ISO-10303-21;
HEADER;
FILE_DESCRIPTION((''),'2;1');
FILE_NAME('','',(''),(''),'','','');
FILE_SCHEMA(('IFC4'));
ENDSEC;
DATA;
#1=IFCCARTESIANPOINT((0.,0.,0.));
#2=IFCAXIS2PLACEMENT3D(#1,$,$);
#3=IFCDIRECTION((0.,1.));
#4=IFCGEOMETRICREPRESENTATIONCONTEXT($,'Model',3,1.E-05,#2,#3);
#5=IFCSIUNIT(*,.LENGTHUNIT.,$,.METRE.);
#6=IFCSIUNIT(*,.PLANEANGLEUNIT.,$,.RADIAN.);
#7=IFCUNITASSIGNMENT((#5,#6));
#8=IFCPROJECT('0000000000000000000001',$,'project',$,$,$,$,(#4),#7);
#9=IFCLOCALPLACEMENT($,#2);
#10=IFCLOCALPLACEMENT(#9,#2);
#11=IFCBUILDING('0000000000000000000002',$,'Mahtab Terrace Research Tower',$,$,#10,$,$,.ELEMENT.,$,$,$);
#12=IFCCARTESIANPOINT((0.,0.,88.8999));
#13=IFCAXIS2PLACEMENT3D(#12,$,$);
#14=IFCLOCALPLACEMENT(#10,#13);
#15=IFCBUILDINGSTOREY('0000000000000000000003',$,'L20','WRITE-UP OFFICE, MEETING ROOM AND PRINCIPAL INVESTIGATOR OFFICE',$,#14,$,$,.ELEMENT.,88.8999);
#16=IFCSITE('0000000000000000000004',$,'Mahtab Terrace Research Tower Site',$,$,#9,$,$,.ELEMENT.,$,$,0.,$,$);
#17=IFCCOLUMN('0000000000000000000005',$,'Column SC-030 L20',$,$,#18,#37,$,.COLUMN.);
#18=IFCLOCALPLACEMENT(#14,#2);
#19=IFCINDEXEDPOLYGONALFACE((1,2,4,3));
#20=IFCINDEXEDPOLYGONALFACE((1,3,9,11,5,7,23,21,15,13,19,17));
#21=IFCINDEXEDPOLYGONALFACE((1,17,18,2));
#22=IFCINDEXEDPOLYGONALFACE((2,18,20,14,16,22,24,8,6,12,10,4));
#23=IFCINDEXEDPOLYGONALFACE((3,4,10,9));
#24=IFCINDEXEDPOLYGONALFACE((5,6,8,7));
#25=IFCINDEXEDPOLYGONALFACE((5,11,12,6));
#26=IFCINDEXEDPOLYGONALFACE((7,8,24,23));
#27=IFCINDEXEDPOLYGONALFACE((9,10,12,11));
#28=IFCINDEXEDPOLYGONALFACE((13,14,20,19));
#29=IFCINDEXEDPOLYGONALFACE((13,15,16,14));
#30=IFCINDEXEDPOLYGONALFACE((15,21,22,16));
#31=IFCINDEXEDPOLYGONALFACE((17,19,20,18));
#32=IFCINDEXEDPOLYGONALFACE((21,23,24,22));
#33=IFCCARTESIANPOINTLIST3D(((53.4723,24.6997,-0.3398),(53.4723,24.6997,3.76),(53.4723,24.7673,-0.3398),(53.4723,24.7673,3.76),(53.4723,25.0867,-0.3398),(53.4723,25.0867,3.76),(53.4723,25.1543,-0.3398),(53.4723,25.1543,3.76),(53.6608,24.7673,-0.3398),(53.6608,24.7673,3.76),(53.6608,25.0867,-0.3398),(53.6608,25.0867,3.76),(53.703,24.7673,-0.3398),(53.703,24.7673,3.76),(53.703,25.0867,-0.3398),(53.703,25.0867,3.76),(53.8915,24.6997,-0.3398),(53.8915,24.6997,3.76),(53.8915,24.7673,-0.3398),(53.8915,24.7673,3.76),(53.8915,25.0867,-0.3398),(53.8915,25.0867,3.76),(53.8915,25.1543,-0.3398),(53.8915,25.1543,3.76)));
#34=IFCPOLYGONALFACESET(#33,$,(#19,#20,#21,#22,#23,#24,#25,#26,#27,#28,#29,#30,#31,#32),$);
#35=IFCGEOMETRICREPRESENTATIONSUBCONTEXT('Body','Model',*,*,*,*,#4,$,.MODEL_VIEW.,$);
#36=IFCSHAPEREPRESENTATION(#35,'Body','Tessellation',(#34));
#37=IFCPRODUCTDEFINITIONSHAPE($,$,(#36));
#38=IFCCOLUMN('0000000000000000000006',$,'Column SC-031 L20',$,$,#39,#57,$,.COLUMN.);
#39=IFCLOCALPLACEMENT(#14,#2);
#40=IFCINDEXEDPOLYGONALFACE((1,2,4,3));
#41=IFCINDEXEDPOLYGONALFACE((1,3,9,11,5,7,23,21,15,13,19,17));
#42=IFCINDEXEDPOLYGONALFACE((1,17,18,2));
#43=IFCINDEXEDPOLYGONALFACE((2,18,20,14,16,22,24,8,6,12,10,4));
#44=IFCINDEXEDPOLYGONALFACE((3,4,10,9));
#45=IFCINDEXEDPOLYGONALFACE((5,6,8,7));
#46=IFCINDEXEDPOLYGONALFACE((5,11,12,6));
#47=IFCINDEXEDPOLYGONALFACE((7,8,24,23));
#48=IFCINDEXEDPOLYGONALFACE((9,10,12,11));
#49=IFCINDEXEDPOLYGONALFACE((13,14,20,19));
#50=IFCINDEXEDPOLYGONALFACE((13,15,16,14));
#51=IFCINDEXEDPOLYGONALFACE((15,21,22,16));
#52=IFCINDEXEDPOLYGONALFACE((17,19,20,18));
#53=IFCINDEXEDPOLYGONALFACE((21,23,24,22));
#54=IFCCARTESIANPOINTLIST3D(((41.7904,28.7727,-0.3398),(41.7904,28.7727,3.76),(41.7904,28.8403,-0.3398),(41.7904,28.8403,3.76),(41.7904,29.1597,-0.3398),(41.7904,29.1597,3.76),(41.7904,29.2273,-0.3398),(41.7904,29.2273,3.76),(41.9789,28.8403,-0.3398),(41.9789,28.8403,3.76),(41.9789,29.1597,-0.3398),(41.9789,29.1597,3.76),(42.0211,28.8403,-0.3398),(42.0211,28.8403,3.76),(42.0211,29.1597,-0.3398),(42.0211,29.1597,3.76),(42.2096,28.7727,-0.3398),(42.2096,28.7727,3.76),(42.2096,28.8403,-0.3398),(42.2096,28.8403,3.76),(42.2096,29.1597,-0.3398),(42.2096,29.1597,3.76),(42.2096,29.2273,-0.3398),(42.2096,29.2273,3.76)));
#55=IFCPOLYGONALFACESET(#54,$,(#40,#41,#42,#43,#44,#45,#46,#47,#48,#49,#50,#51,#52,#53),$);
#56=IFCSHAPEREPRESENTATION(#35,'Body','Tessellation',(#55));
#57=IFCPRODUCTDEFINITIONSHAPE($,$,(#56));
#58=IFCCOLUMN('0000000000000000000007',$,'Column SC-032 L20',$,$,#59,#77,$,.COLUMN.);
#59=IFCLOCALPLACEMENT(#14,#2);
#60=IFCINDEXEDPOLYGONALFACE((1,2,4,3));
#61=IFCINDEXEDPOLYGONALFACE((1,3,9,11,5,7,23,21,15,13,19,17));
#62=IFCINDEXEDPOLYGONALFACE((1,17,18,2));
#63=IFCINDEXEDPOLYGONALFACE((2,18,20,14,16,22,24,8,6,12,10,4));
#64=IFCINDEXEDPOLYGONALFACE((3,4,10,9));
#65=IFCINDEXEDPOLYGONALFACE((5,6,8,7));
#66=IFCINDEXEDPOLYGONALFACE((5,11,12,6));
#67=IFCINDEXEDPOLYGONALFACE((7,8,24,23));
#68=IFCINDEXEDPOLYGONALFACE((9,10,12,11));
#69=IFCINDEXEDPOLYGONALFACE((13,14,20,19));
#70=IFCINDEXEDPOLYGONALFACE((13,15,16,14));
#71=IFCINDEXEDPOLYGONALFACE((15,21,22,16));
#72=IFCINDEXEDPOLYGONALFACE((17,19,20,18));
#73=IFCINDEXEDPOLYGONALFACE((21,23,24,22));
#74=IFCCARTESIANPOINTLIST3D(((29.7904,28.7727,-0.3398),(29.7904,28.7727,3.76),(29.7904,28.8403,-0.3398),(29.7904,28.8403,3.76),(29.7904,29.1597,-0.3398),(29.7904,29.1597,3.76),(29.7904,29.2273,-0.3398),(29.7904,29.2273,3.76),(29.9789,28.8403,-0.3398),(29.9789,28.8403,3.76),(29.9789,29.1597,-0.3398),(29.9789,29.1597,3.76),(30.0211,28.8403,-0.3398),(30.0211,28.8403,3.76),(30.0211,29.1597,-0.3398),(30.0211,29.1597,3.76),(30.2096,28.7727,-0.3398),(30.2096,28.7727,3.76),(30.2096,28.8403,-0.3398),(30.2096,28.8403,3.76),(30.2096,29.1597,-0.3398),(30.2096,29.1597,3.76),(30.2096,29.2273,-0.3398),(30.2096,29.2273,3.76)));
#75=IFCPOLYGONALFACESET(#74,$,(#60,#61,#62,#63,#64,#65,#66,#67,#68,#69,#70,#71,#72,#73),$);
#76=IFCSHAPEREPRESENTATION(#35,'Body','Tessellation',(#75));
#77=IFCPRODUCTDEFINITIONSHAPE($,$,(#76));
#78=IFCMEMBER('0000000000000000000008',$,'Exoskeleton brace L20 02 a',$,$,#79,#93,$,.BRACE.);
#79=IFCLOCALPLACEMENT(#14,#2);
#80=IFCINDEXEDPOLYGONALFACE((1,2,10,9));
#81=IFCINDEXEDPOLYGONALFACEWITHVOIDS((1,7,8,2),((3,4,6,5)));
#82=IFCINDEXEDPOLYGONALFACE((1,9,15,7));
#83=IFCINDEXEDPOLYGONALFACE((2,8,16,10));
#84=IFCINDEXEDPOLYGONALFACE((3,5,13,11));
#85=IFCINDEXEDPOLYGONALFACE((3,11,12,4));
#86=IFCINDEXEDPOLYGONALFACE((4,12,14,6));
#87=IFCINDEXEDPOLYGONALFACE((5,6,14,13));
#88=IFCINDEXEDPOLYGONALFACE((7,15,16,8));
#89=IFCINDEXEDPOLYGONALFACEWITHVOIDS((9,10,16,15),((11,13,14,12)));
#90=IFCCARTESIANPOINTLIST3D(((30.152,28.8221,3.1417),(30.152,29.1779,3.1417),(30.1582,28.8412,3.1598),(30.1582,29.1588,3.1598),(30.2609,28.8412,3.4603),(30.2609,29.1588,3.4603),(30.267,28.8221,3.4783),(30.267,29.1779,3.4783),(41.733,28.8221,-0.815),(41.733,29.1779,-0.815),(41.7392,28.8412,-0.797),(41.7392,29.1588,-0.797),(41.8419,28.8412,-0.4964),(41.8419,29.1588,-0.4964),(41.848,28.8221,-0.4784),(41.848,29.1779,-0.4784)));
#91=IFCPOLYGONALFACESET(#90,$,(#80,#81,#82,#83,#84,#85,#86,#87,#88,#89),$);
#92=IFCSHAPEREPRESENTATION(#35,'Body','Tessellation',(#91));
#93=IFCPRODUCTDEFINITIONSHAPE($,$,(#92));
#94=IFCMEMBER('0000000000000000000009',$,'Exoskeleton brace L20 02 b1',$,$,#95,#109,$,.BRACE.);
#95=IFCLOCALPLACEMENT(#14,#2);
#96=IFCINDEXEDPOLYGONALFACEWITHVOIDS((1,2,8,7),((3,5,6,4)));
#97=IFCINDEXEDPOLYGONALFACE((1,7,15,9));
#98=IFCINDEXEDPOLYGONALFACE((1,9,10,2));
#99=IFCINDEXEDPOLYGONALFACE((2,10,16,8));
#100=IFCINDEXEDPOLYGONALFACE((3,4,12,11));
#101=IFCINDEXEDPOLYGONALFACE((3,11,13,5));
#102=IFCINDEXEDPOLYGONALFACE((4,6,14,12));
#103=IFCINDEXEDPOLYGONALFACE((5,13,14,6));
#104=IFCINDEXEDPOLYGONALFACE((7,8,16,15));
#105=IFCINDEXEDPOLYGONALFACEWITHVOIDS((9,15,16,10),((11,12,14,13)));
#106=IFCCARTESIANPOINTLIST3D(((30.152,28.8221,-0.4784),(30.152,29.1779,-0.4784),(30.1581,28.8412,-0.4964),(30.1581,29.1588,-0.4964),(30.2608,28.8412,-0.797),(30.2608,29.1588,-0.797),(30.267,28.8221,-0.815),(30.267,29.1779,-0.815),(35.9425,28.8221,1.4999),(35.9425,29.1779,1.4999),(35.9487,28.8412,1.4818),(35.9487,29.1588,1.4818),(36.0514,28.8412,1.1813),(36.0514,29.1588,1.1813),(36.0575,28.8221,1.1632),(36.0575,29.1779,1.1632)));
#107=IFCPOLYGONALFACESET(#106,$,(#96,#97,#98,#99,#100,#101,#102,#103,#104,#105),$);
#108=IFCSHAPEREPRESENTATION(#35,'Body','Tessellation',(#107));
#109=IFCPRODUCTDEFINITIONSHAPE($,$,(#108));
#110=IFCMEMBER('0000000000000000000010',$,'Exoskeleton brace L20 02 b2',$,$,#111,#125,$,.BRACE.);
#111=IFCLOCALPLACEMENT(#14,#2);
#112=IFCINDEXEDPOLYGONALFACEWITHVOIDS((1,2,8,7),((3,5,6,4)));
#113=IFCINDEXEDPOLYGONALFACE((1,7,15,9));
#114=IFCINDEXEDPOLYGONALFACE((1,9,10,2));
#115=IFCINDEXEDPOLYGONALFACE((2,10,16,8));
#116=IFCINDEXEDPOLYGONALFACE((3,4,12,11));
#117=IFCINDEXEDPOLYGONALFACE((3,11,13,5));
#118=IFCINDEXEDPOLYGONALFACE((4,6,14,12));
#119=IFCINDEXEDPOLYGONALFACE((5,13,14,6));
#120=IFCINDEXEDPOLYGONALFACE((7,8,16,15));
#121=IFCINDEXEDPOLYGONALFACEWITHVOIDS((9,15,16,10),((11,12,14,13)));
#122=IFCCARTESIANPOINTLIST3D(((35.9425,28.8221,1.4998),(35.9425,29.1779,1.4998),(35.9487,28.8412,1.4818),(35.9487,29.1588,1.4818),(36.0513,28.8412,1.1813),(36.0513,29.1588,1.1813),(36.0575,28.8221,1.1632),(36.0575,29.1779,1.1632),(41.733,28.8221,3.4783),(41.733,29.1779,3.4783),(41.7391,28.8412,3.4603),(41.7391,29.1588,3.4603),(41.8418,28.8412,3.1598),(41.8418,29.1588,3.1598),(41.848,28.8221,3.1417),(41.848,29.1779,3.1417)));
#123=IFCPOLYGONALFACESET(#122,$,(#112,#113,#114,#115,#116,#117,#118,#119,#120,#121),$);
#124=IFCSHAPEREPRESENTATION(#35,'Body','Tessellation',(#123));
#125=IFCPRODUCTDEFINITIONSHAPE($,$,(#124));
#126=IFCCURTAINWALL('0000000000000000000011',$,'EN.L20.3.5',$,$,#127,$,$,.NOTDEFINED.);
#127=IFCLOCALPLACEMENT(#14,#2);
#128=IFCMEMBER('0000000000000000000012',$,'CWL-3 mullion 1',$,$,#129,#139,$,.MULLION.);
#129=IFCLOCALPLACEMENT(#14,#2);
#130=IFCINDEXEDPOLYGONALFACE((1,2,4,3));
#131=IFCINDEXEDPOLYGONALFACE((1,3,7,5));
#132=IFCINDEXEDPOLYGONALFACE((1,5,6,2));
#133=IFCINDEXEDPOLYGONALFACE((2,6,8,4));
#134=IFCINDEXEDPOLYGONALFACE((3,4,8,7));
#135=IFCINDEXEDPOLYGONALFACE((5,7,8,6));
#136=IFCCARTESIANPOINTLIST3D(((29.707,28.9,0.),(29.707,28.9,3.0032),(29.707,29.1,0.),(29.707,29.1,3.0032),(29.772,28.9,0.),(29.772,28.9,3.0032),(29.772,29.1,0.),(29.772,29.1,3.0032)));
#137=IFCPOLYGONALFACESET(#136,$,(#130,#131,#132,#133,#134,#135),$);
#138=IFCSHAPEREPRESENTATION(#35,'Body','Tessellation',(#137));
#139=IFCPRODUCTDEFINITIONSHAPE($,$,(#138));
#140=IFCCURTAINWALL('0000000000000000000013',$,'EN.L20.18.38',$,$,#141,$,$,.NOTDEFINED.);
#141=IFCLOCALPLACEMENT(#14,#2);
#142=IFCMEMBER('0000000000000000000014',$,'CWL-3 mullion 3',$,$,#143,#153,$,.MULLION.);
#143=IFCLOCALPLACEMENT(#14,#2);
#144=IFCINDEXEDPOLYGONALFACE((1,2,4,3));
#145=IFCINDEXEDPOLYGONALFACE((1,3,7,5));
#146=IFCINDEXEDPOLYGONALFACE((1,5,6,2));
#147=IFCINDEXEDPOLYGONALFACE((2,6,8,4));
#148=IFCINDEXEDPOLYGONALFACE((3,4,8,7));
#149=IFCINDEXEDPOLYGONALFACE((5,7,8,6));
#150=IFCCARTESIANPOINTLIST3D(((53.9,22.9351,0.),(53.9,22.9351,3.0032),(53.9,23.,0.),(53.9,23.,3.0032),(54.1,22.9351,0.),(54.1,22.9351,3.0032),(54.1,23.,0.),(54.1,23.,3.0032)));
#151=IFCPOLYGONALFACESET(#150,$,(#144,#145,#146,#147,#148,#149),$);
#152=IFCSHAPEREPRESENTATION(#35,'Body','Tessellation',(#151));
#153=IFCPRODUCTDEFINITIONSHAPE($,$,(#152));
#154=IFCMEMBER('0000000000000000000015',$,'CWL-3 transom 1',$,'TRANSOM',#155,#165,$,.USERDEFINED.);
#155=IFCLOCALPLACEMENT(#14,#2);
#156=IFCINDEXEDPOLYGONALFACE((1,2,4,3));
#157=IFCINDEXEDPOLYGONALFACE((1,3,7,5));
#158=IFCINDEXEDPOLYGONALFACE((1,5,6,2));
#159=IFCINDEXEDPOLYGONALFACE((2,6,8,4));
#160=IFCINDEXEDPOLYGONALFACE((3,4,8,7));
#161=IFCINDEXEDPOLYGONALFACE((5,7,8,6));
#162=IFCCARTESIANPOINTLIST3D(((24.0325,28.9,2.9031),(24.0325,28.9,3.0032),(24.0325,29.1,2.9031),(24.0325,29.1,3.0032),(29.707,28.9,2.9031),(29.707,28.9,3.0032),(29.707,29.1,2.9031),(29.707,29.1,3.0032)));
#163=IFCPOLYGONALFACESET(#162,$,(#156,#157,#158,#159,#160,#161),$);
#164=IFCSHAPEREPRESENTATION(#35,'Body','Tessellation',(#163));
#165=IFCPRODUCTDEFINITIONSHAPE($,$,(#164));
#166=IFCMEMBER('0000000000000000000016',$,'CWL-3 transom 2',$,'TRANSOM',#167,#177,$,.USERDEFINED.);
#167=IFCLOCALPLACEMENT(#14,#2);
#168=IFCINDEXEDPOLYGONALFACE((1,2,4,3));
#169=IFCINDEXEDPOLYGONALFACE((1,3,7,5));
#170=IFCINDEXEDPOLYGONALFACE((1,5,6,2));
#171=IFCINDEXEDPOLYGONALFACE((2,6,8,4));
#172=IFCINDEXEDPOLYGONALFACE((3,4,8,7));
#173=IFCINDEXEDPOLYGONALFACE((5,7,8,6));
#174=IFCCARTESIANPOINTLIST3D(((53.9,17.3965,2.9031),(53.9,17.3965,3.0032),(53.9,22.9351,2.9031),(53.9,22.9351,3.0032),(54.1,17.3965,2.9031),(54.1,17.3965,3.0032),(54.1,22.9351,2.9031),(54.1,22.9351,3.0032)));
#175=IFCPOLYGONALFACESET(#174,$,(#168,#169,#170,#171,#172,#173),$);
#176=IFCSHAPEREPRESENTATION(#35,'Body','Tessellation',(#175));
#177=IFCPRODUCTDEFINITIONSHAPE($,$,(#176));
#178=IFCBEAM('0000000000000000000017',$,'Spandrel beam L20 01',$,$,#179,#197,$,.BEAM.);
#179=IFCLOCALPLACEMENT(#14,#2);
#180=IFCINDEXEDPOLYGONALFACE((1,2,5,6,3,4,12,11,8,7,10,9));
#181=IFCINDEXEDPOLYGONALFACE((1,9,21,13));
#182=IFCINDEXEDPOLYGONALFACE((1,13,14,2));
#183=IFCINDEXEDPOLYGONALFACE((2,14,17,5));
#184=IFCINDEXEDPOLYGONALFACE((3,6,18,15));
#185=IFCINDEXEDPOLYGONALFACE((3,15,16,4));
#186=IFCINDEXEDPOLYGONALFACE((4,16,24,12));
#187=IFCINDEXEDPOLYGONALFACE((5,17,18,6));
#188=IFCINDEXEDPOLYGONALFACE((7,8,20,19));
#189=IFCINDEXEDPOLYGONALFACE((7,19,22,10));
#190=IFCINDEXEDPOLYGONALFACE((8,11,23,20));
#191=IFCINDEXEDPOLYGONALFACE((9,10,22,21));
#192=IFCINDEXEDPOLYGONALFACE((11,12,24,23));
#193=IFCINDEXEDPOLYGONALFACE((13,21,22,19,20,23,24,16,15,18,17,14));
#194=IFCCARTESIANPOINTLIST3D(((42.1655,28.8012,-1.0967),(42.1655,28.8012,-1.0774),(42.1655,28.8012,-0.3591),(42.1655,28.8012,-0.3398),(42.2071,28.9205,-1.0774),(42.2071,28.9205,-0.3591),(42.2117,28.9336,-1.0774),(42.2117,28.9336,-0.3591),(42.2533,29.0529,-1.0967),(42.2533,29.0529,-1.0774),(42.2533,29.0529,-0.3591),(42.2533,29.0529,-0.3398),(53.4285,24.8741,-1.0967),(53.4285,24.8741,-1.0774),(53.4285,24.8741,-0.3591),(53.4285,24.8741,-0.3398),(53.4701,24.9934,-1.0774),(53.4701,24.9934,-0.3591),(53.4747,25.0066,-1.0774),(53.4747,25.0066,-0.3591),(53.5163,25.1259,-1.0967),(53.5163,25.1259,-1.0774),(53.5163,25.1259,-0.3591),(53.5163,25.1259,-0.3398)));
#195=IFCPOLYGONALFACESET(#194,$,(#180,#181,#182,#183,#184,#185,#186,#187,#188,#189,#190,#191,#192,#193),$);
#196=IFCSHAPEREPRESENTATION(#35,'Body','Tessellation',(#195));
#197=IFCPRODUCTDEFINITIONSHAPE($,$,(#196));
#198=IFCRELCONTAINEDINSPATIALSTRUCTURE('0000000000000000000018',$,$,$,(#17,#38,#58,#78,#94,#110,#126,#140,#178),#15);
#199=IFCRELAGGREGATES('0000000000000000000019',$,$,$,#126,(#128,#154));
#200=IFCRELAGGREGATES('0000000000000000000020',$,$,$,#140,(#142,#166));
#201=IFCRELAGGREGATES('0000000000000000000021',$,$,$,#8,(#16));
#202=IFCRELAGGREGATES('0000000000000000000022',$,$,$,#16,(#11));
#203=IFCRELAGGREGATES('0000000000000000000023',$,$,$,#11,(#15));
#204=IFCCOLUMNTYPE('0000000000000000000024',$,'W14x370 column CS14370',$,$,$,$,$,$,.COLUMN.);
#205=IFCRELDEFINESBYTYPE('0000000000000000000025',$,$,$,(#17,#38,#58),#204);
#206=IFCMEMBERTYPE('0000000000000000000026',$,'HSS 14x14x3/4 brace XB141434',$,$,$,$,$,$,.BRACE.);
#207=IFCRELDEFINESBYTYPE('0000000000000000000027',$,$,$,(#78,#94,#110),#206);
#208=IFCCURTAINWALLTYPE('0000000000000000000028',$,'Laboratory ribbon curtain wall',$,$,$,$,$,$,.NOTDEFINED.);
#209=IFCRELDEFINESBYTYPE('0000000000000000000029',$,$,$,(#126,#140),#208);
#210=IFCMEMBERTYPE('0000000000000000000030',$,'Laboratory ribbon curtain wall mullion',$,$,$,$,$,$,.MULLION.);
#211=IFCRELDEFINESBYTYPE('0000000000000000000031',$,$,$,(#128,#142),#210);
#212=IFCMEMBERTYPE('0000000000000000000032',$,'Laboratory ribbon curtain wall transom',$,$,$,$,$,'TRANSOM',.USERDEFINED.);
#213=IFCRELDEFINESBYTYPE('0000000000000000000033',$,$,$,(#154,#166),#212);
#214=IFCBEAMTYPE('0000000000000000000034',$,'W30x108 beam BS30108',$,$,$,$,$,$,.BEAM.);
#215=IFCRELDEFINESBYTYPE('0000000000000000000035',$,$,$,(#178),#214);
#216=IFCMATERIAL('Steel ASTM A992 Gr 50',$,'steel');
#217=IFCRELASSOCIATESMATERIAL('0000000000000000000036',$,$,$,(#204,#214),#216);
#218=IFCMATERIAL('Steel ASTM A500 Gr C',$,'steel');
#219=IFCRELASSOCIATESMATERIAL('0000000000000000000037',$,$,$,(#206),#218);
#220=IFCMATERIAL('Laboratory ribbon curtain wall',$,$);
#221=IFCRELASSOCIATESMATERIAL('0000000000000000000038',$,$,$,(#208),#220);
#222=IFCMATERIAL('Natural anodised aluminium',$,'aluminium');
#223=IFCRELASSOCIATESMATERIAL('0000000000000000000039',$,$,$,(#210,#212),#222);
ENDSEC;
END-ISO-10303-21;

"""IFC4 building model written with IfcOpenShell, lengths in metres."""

from ifc_helpers import new_model, si_unit, direction, frame, origin, origin_2d, place, context, subcontext, project, spatial, rectangle, hollow_rectangle, i_section, extrude, material, material_profile, profile_set, type_object, element, aggregate, save


model = new_model("IFC4")

# Units and contexts
model_context = context("Model", 3, precision=1e-05, world=origin(), true_north=direction((0.0, 1.0)))
body_context = subcontext(model_context, "Body", "Model", "MODEL_VIEW")
ifc_project = project(units=[si_unit("LENGTHUNIT", "METRE"), si_unit("PLANEANGLEUNIT", "RADIAN")], contexts=[model_context])

# Site, building, storey
site_placement = place(None, origin())
site = spatial("IfcSite", under=ifc_project, at=site_placement, Name="Mahtab Terrace Research Tower Site", CompositionType="ELEMENT", RefElevation=0.0)
building_placement = place(site_placement, origin())
building = spatial("IfcBuilding", under=site, at=building_placement, Name="Mahtab Terrace Research Tower", CompositionType="ELEMENT")
storey_placement = place(building_placement, frame((0.0, 0.0, 88.8999)))
storey = spatial("IfcBuildingStorey", under=building, at=storey_placement, Name="L20", Description="WRITE-UP OFFICE, MEETING ROOM AND PRINCIPAL INVESTIGATOR OFFICE", CompositionType="ELEMENT", Elevation=88.8999)

# Columns
ifc_material_1 = material(Name="Steel ASTM A992 Gr 50", Category="steel")
ifc_material_profile_1 = material_profile(ifc_material_1, i_section(OverallWidth=0.4192, OverallDepth=0.4546, WebThickness=0.0422, FlangeThickness=0.0676, at=origin_2d()), Name="W14X370")
ifc_profile_set_1 = profile_set([ifc_material_profile_1], Name="Steel ASTM A992 Gr 50")
column_type = type_object("IfcColumnType", Name="W14x370 column CS14370", PredefinedType="COLUMN", material=ifc_profile_set_1)
for number, where, z_axis, x_axis, name in (
    (1, (53.6819, 24.927, -0.3398), (0.0, 0.0, 1.0), (1.0, 0.0, 0.0), "Column SC-030 L20"),
    (2, (42.0, 29.0, -0.3398), (0.0, 0.0, 1.0), (1.0, 0.0, 0.0), "Column SC-031 L20"),
    (3, (30.0, 29.0, -0.3398), (0.0, 0.0, 1.0), (1.0, 0.0, 0.0), "Column SC-032 L20"),
):
    element("IfcColumn", number, at=place(storey_placement, frame(where, z_axis=z_axis, x_axis=x_axis)), inside=storey, type_object=column_type, Name=name, PredefinedType="COLUMN", context=body_context, shape_type="SweptSolid", body=[
        extrude(i_section(OverallWidth=0.4192, OverallDepth=0.4546, WebThickness=0.0422, FlangeThickness=0.0676, at=origin_2d()), origin(), (0.0, 0.0, 1.0), 4.0999),
    ])

# Members
ifc_material_2 = material(Name="Steel ASTM A500 Gr C", Category="steel")
ifc_material_profile_2 = material_profile(ifc_material_2, hollow_rectangle(XDim=0.3557, YDim=0.3557, WallThickness=0.019, at=origin_2d()), Name="HSS14X14X3/4")
ifc_profile_set_2 = profile_set([ifc_material_profile_2], Name="Steel ASTM A500 Gr C")
member_type_1 = type_object("IfcMemberType", Name="HSS 14x14x3/4 brace XB141434", PredefinedType="BRACE", material=ifc_profile_set_2)
member_1_placement = place(storey_placement, frame((41.7905, 29.0, -0.6467), z_axis=(-0.946293, 0.0, 0.323311), x_axis=(0.0, -1.0, 0.0)))
element("IfcMember", 4, at=member_1_placement, inside=storey, type_object=member_type_1, Name="Exoskeleton brace L20 02 a", PredefinedType="BRACE", context=body_context, shape_type="SweptSolid", body=[
    extrude(hollow_rectangle(XDim=0.3557, YDim=0.3557, WallThickness=0.019, at=origin_2d()), origin(), (0.0, 0.0, 1.0), 12.2383),
])
for number, where, z_axis, x_axis, name in (
    (5, (30.2095, 29.0, -0.6467), (0.946299, 0.0, 0.323293), (0.0, 1.0, 0.0), "Exoskeleton brace L20 02 b1"),
    (6, (36.0, 29.0, 1.3315), (0.946287, 0.0, 0.323329), (0.0, 1.0, 0.0), "Exoskeleton brace L20 02 b2"),
):
    element("IfcMember", number, at=place(storey_placement, frame(where, z_axis=z_axis, x_axis=x_axis)), inside=storey, type_object=member_type_1, Name=name, PredefinedType="BRACE", context=body_context, shape_type="SweptSolid", body=[
        extrude(hollow_rectangle(XDim=0.3557, YDim=0.3557, WallThickness=0.019, at=origin_2d()), origin(), (0.0, 0.0, 1.0), 6.1191),
    ])

# Curtain walls, members
ifc_material_3 = material(Name="Laboratory ribbon curtain wall")
curtain_wall_type = type_object("IfcCurtainWallType", Name="Laboratory ribbon curtain wall", PredefinedType="NOTDEFINED", material=ifc_material_3)
curtain_wall_1_placement = place(storey_placement, origin())
curtain_wall_1 = element("IfcCurtainWall", 7, at=curtain_wall_1_placement, inside=storey, type_object=curtain_wall_type, Name="EN.L20.3.5", PredefinedType="NOTDEFINED")
ifc_material_4 = material(Name="Natural anodised aluminium", Category="aluminium")
ifc_material_profile_3 = material_profile(ifc_material_4, rectangle(XDim=0.2, YDim=0.0649, at=origin_2d()), Name="MULLION 65x200")
ifc_profile_set_3 = profile_set([ifc_material_profile_3], Name="Natural anodised aluminium")
member_type_2 = type_object("IfcMemberType", Name="Laboratory ribbon curtain wall mullion", PredefinedType="MULLION", material=ifc_profile_set_3)
member_2_placement = place(storey_placement, frame((29.7395, 29.0, 0.0), z_axis=(0.0, 0.0, 1.0), x_axis=(0.0, -1.0, 0.0)))
member_2 = element("IfcMember", 8, at=member_2_placement, type_object=member_type_2, Name="CWL-3 mullion 1", PredefinedType="MULLION", context=body_context, shape_type="SweptSolid", body=[
    extrude(rectangle(XDim=0.2, YDim=0.0649, at=origin_2d()), origin(), (0.0, 0.0, 1.0), 3.0032),
])
curtain_wall_2_placement = place(storey_placement, origin())
curtain_wall_2 = element("IfcCurtainWall", 9, at=curtain_wall_2_placement, inside=storey, type_object=curtain_wall_type, Name="EN.L20.18.38", PredefinedType="NOTDEFINED")
member_3_placement = place(storey_placement, frame((54.0, 22.9675, 0.0), z_axis=(0.0, 0.0, 1.0), x_axis=(-1.0, 0.0, 0.0)))
member_3 = element("IfcMember", 10, at=member_3_placement, type_object=member_type_2, Name="CWL-3 mullion 3", PredefinedType="MULLION", context=body_context, shape_type="SweptSolid", body=[
    extrude(rectangle(XDim=0.2, YDim=0.0649, at=origin_2d()), origin(), (0.0, 0.0, 1.0), 3.0032),
])

# Members
ifc_material_profile_4 = material_profile(ifc_material_4, rectangle(XDim=0.2, YDim=0.1001, at=origin_2d()), Name="TRANSOM 100x200")
ifc_profile_set_4 = profile_set([ifc_material_profile_4], Name="Natural anodised aluminium")
member_type_3 = type_object("IfcMemberType", Name="Laboratory ribbon curtain wall transom", ElementType="TRANSOM", PredefinedType="USERDEFINED", material=ifc_profile_set_4)
member_4_placement = place(storey_placement, frame((29.707, 29.0, 2.9531), z_axis=(-1.0, 0.0, 0.0), x_axis=(0.0, -1.0, 0.0)))
member_4 = element("IfcMember", 11, at=member_4_placement, type_object=member_type_3, Name="CWL-3 transom 1", ObjectType="TRANSOM", PredefinedType="USERDEFINED", context=body_context, shape_type="SweptSolid", body=[
    extrude(rectangle(XDim=0.2, YDim=0.1001, at=origin_2d()), origin(), (0.0, 0.0, 1.0), 5.6746),
])
aggregate(curtain_wall_1, [member_2, member_4])
member_5_placement = place(storey_placement, frame((54.0, 17.3965, 2.9531), z_axis=(0.0, 1.0, 0.0), x_axis=(-1.0, 0.0, 0.0)))
member_5 = element("IfcMember", 12, at=member_5_placement, type_object=member_type_3, Name="CWL-3 transom 2", ObjectType="TRANSOM", PredefinedType="USERDEFINED", context=body_context, shape_type="SweptSolid", body=[
    extrude(rectangle(XDim=0.2, YDim=0.1001, at=origin_2d()), origin(), (0.0, 0.0, 1.0), 5.5386),
])

# Beam
ifc_material_profile_5 = material_profile(ifc_material_1, i_section(OverallWidth=0.2666, OverallDepth=0.7568, WebThickness=0.0139, FlangeThickness=0.0193, at=origin_2d()), Name="W30X108")
ifc_profile_set_5 = profile_set([ifc_material_profile_5], Name="Steel ASTM A992 Gr 50")
beam_type = type_object("IfcBeamType", Name="W30x108 beam BS30108", PredefinedType="BEAM", material=ifc_profile_set_5)
beam_placement = place(storey_placement, frame((53.4724, 25.0, -0.7183), z_axis=(-0.944251, 0.329228, 0.0), x_axis=(-0.329228, -0.944251, 0.0)))
element("IfcBeam", 13, at=beam_placement, inside=storey, type_object=beam_type, Name="Spandrel beam L20 01", PredefinedType="BEAM", context=body_context, shape_type="SweptSolid", body=[
    extrude(i_section(OverallWidth=0.2666, OverallDepth=0.7568, WebThickness=0.0139, FlangeThickness=0.0193, at=origin_2d()), origin(), (0.0, 0.0, 1.0), 11.928),
])

aggregate(curtain_wall_2, [member_3, member_5])

save(model, "model.ifc")
